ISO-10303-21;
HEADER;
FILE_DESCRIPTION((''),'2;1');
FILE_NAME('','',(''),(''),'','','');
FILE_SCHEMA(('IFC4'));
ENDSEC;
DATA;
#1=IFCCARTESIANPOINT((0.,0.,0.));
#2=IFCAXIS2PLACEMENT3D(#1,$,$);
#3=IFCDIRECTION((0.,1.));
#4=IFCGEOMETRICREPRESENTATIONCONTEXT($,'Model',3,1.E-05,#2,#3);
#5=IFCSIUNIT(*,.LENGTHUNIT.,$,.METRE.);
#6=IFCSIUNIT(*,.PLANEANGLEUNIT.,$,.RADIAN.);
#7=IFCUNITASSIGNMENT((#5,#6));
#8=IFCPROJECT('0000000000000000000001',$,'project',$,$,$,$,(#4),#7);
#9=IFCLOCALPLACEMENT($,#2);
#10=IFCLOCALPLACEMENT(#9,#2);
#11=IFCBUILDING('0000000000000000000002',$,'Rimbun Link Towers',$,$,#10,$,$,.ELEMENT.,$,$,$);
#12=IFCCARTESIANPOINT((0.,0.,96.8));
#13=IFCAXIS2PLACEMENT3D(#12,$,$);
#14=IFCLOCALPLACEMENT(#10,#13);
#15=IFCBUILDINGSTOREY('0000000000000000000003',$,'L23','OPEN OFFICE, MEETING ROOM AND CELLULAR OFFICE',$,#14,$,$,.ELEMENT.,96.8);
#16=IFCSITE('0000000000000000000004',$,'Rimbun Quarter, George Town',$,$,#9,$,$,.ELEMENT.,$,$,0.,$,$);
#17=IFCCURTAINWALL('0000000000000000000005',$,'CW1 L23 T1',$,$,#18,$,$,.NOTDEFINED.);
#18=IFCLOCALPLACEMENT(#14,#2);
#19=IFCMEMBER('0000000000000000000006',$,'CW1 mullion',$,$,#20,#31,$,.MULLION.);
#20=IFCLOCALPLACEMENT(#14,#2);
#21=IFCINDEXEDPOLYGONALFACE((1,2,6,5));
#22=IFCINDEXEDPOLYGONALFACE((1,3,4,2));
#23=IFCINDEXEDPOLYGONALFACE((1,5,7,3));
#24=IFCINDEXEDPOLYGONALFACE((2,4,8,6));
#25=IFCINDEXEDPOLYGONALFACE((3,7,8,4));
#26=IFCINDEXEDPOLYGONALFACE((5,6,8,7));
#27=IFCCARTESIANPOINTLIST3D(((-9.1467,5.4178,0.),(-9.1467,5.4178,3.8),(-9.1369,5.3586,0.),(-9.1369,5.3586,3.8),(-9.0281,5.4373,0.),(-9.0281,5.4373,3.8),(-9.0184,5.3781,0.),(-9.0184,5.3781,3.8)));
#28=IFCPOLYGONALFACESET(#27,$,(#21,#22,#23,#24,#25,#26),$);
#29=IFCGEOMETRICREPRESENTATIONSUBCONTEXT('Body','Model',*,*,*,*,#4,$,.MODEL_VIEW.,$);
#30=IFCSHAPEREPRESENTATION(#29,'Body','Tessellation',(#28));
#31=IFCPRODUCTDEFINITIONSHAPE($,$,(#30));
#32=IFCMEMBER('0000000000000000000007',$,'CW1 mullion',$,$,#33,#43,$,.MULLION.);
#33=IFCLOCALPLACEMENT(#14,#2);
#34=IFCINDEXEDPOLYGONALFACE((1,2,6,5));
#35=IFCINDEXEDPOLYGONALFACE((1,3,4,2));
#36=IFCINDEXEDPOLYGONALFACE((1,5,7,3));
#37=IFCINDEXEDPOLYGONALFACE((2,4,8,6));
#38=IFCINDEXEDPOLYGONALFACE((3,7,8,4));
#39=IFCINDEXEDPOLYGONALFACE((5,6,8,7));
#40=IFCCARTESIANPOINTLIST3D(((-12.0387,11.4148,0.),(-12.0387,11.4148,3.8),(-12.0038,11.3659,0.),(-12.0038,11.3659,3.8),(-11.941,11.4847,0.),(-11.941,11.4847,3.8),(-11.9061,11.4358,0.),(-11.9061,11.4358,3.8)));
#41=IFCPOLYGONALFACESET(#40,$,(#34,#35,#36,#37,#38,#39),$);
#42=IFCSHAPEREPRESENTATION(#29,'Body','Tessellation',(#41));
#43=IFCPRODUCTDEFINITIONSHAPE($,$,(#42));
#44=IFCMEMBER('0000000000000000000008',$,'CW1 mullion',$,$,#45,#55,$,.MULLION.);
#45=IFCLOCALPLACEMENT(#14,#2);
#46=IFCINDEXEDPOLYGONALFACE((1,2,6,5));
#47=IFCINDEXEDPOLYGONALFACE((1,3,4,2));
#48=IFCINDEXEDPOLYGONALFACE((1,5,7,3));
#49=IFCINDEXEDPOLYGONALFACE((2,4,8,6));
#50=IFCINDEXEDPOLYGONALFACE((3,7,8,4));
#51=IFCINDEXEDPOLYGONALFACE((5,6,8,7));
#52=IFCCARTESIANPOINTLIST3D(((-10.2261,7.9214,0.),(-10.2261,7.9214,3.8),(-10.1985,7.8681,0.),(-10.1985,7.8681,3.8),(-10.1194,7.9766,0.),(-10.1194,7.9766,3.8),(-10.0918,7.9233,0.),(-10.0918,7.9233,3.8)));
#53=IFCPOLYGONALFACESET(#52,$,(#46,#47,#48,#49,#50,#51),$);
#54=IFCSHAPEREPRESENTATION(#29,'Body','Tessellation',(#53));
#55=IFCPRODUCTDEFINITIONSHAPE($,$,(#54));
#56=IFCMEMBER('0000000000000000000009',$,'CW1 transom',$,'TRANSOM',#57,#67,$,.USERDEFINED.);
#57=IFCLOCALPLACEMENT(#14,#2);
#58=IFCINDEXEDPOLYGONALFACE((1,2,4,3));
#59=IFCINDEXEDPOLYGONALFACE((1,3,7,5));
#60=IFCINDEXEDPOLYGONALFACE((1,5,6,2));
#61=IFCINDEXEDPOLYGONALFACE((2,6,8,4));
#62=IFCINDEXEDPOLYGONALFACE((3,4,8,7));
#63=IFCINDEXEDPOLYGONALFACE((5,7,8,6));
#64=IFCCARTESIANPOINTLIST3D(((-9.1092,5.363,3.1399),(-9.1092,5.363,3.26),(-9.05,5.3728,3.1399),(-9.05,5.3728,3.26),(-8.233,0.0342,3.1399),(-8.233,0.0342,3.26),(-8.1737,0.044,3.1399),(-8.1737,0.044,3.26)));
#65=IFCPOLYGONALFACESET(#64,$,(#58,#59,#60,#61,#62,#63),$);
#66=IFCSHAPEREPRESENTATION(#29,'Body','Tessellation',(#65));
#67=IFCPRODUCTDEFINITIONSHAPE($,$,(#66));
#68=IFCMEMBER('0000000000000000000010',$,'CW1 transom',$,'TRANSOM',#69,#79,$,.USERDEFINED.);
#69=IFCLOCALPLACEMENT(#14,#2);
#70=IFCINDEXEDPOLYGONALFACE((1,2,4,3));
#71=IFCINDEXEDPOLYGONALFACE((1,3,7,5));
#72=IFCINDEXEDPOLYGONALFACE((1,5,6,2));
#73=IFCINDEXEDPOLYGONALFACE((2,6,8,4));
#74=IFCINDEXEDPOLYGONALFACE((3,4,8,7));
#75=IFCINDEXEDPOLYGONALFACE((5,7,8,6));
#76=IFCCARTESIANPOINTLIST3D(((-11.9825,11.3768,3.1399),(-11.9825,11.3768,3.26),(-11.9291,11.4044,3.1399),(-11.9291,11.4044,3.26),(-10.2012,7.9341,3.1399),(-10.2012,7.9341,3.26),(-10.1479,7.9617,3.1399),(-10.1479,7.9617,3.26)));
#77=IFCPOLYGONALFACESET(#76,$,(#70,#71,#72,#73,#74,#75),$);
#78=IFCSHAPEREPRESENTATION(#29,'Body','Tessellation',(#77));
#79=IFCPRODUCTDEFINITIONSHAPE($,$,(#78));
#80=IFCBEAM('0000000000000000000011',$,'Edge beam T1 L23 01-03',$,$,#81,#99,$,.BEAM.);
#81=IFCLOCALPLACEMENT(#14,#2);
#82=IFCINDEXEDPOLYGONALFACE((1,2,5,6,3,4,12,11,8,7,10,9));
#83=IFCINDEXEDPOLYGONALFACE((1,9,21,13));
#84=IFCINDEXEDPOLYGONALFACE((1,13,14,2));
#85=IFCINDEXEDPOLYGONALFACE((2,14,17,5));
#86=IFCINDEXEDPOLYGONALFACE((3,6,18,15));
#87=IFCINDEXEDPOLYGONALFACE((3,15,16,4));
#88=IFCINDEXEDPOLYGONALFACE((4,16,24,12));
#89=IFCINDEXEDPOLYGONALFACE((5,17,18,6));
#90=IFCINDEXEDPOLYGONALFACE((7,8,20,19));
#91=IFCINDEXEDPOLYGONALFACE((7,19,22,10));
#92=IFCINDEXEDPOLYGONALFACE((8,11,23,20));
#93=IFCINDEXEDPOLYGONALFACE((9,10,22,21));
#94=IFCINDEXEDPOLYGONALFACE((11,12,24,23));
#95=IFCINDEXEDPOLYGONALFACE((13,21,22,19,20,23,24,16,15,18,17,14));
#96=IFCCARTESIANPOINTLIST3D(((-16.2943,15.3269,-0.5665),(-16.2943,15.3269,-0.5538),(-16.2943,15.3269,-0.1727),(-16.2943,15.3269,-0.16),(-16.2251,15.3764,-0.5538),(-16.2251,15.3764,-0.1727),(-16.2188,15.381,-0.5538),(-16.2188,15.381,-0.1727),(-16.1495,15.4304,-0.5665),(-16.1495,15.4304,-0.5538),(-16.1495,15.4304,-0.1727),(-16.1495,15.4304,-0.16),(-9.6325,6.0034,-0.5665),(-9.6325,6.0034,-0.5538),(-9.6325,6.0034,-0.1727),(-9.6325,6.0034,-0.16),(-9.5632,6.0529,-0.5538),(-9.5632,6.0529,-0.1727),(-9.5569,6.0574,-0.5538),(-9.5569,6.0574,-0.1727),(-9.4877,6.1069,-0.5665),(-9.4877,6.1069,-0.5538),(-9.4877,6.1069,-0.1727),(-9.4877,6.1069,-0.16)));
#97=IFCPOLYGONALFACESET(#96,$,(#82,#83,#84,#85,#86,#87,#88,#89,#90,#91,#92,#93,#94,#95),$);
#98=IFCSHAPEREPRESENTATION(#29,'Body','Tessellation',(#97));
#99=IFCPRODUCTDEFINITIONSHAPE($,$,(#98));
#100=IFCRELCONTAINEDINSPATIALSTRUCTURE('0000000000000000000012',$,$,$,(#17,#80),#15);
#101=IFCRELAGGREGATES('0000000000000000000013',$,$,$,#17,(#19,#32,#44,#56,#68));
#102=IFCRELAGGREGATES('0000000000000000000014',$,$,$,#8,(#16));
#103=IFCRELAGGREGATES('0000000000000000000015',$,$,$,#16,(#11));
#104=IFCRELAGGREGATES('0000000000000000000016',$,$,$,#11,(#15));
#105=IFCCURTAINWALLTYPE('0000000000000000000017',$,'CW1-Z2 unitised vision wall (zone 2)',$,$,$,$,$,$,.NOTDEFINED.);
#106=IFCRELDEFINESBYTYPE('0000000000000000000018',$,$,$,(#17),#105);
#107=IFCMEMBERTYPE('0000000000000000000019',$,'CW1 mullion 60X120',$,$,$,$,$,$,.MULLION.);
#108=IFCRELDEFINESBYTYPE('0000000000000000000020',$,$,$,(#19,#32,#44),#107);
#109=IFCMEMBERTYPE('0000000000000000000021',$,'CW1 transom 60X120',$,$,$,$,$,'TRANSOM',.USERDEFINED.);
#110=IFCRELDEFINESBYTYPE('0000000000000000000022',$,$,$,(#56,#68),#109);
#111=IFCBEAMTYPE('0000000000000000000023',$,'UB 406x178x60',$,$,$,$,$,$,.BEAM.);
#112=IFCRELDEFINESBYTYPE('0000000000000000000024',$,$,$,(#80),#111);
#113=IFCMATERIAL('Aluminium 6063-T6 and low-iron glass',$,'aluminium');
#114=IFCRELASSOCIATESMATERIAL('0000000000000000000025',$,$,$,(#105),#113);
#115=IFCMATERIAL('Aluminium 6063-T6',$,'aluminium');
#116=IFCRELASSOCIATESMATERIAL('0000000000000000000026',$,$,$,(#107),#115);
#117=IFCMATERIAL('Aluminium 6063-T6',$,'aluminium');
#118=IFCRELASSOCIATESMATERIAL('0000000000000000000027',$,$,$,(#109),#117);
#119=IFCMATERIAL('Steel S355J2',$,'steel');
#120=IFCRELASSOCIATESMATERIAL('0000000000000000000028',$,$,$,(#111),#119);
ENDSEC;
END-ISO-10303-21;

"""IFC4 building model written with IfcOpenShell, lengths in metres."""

from ifc_helpers import new_model, si_unit, direction, frame, origin, origin_2d, place, context, subcontext, project, spatial, rectangle, i_section, extrude, material, material_profile, profile_set, type_object, element, aggregate, save


model = new_model("IFC4")

# Units and contexts
model_context = context("Model", 3, precision=1e-05, world=origin(), true_north=direction((0.0, 1.0)))
body_context = subcontext(model_context, "Body", "Model", "MODEL_VIEW")
ifc_project = project(units=[si_unit("LENGTHUNIT", "METRE"), si_unit("PLANEANGLEUNIT", "RADIAN")], contexts=[model_context])

# Site, building, storey
site_placement = place(None, origin())
site = spatial("IfcSite", under=ifc_project, at=site_placement, Name="Rimbun Quarter, George Town", CompositionType="ELEMENT", RefElevation=0.0)
building_placement = place(site_placement, origin())
building = spatial("IfcBuilding", under=site, at=building_placement, Name="Rimbun Link Towers", CompositionType="ELEMENT")
storey_placement = place(building_placement, frame((0.0, 0.0, 96.8)))
storey = spatial("IfcBuildingStorey", under=building, at=storey_placement, Name="L23", Description="OPEN OFFICE, MEETING ROOM AND CELLULAR OFFICE", CompositionType="ELEMENT", Elevation=96.8)

# Curtain wall, members
ifc_material_1 = material(Name="Aluminium 6063-T6 and low-iron glass", Category="aluminium")
curtain_wall_type = type_object("IfcCurtainWallType", Name="CW1-Z2 unitised vision wall (zone 2)", PredefinedType="NOTDEFINED", material=ifc_material_1)
curtain_wall_placement = place(storey_placement, origin())
curtain_wall = element("IfcCurtainWall", 1, at=curtain_wall_placement, inside=storey, type_object=curtain_wall_type, Name="CW1 L23 T1", PredefinedType="NOTDEFINED")
ifc_material_2 = material(Name="Aluminium 6063-T6", Category="aluminium")
ifc_material_profile_1 = material_profile(ifc_material_2, rectangle(XDim=0.1201, YDim=0.0601, at=origin_2d()), Name="MULLION 60X120")
ifc_profile_set_1 = profile_set([ifc_material_profile_1], Name="Aluminium 6063-T6")
member_type_1 = type_object("IfcMemberType", Name="CW1 mullion 60X120", PredefinedType="MULLION", material=ifc_profile_set_1)
member_1_placement = place(storey_placement, frame((-9.0825, 5.3979, 0.0), z_axis=(0.0, 0.0, 1.0), x_axis=(0.986748, 0.16226, 0.0)))
member_1 = element("IfcMember", 2, at=member_1_placement, type_object=member_type_1, Name="CW1 mullion", PredefinedType="MULLION", context=body_context, shape_type="SweptSolid", body=[
    extrude(rectangle(XDim=0.1201, YDim=0.0601, at=origin_2d()), origin(), (0.0, 0.0, 1.0), 3.8),
])
member_2_placement = place(storey_placement, frame((-11.9724, 11.4253, 0.0), z_axis=(0.0, 0.0, 1.0), x_axis=(0.813351, 0.581773, 0.0)))
member_2 = element("IfcMember", 3, at=member_2_placement, type_object=member_type_1, Name="CW1 mullion", PredefinedType="MULLION", context=body_context, shape_type="SweptSolid", body=[
    extrude(rectangle(XDim=0.1201, YDim=0.0601, at=origin_2d()), origin(), (0.0, 0.0, 1.0), 3.8),
])
member_3_placement = place(storey_placement, frame((-10.1589, 7.9224, 0.0), z_axis=(0.0, 0.0, 1.0), x_axis=(0.888149, 0.459556, 0.0)))
member_3 = element("IfcMember", 4, at=member_3_placement, type_object=member_type_1, Name="CW1 mullion", PredefinedType="MULLION", context=body_context, shape_type="SweptSolid", body=[
    extrude(rectangle(XDim=0.1201, YDim=0.0601, at=origin_2d()), origin(), (0.0, 0.0, 1.0), 3.8),
])
ifc_material_3 = material(Name="Aluminium 6063-T6", Category="aluminium")
ifc_material_profile_2 = material_profile(ifc_material_3, rectangle(XDim=0.0601, YDim=0.1201, at=origin_2d()), Name="TRANSOM 60X120")
ifc_profile_set_2 = profile_set([ifc_material_profile_2], Name="Aluminium 6063-T6")
member_type_2 = type_object("IfcMemberType", Name="CW1 transom 60X120", ElementType="TRANSOM", PredefinedType="USERDEFINED", material=ifc_profile_set_2)
member_4_placement = place(storey_placement, frame((-9.0796, 5.3679, 3.2), z_axis=(0.162251, -0.98675, 0.0), x_axis=(0.98675, 0.162251, 0.0)))
member_4 = element("IfcMember", 5, at=member_4_placement, type_object=member_type_2, Name="CW1 transom", ObjectType="TRANSOM", PredefinedType="USERDEFINED", context=body_context, shape_type="SweptSolid", body=[
    extrude(rectangle(XDim=0.0601, YDim=0.1201, at=origin_2d()), origin(), (0.0, 0.0, 1.0), 5.4004),
])
member_5_placement = place(storey_placement, frame((-11.9558, 11.3906, 3.2), z_axis=(0.459541, -0.888156, 0.0), x_axis=(0.888156, 0.459541, 0.0)))
member_5 = element("IfcMember", 6, at=member_5_placement, type_object=member_type_2, Name="CW1 transom", ObjectType="TRANSOM", PredefinedType="USERDEFINED", context=body_context, shape_type="SweptSolid", body=[
    extrude(rectangle(XDim=0.0601, YDim=0.1201, at=origin_2d()), origin(), (0.0, 0.0, 1.0), 3.8762),
])

# Beam
ifc_material_4 = material(Name="Steel S355J2", Category="steel")
ifc_material_profile_3 = material_profile(ifc_material_4, i_section(OverallWidth=0.178, OverallDepth=0.4065, WebThickness=0.0078, FlangeThickness=0.0127, at=origin_2d()), Name="UB 406x178x60")
ifc_profile_set_3 = profile_set([ifc_material_profile_3], Name="Steel S355J2")
beam_type = type_object("IfcBeamType", Name="UB 406x178x60", PredefinedType="BEAM", material=ifc_profile_set_3)
beam_placement = place(storey_placement, frame((-9.5601, 6.0552, -0.3633), z_axis=(-0.581367, 0.813641, 0.0), x_axis=(-0.813641, -0.581367, 0.0)))
element("IfcBeam", 7, at=beam_placement, inside=storey, type_object=beam_type, Name="Edge beam T1 L23 01-03", PredefinedType="BEAM", context=body_context, shape_type="SweptSolid", body=[
    extrude(i_section(OverallWidth=0.178, OverallDepth=0.4065, WebThickness=0.0078, FlangeThickness=0.0127, at=origin_2d()), origin(), (0.0, 0.0, 1.0), 11.459),
])

aggregate(curtain_wall, [member_1, member_2, member_3, member_4, member_5])

save(model, "model.ifc")
